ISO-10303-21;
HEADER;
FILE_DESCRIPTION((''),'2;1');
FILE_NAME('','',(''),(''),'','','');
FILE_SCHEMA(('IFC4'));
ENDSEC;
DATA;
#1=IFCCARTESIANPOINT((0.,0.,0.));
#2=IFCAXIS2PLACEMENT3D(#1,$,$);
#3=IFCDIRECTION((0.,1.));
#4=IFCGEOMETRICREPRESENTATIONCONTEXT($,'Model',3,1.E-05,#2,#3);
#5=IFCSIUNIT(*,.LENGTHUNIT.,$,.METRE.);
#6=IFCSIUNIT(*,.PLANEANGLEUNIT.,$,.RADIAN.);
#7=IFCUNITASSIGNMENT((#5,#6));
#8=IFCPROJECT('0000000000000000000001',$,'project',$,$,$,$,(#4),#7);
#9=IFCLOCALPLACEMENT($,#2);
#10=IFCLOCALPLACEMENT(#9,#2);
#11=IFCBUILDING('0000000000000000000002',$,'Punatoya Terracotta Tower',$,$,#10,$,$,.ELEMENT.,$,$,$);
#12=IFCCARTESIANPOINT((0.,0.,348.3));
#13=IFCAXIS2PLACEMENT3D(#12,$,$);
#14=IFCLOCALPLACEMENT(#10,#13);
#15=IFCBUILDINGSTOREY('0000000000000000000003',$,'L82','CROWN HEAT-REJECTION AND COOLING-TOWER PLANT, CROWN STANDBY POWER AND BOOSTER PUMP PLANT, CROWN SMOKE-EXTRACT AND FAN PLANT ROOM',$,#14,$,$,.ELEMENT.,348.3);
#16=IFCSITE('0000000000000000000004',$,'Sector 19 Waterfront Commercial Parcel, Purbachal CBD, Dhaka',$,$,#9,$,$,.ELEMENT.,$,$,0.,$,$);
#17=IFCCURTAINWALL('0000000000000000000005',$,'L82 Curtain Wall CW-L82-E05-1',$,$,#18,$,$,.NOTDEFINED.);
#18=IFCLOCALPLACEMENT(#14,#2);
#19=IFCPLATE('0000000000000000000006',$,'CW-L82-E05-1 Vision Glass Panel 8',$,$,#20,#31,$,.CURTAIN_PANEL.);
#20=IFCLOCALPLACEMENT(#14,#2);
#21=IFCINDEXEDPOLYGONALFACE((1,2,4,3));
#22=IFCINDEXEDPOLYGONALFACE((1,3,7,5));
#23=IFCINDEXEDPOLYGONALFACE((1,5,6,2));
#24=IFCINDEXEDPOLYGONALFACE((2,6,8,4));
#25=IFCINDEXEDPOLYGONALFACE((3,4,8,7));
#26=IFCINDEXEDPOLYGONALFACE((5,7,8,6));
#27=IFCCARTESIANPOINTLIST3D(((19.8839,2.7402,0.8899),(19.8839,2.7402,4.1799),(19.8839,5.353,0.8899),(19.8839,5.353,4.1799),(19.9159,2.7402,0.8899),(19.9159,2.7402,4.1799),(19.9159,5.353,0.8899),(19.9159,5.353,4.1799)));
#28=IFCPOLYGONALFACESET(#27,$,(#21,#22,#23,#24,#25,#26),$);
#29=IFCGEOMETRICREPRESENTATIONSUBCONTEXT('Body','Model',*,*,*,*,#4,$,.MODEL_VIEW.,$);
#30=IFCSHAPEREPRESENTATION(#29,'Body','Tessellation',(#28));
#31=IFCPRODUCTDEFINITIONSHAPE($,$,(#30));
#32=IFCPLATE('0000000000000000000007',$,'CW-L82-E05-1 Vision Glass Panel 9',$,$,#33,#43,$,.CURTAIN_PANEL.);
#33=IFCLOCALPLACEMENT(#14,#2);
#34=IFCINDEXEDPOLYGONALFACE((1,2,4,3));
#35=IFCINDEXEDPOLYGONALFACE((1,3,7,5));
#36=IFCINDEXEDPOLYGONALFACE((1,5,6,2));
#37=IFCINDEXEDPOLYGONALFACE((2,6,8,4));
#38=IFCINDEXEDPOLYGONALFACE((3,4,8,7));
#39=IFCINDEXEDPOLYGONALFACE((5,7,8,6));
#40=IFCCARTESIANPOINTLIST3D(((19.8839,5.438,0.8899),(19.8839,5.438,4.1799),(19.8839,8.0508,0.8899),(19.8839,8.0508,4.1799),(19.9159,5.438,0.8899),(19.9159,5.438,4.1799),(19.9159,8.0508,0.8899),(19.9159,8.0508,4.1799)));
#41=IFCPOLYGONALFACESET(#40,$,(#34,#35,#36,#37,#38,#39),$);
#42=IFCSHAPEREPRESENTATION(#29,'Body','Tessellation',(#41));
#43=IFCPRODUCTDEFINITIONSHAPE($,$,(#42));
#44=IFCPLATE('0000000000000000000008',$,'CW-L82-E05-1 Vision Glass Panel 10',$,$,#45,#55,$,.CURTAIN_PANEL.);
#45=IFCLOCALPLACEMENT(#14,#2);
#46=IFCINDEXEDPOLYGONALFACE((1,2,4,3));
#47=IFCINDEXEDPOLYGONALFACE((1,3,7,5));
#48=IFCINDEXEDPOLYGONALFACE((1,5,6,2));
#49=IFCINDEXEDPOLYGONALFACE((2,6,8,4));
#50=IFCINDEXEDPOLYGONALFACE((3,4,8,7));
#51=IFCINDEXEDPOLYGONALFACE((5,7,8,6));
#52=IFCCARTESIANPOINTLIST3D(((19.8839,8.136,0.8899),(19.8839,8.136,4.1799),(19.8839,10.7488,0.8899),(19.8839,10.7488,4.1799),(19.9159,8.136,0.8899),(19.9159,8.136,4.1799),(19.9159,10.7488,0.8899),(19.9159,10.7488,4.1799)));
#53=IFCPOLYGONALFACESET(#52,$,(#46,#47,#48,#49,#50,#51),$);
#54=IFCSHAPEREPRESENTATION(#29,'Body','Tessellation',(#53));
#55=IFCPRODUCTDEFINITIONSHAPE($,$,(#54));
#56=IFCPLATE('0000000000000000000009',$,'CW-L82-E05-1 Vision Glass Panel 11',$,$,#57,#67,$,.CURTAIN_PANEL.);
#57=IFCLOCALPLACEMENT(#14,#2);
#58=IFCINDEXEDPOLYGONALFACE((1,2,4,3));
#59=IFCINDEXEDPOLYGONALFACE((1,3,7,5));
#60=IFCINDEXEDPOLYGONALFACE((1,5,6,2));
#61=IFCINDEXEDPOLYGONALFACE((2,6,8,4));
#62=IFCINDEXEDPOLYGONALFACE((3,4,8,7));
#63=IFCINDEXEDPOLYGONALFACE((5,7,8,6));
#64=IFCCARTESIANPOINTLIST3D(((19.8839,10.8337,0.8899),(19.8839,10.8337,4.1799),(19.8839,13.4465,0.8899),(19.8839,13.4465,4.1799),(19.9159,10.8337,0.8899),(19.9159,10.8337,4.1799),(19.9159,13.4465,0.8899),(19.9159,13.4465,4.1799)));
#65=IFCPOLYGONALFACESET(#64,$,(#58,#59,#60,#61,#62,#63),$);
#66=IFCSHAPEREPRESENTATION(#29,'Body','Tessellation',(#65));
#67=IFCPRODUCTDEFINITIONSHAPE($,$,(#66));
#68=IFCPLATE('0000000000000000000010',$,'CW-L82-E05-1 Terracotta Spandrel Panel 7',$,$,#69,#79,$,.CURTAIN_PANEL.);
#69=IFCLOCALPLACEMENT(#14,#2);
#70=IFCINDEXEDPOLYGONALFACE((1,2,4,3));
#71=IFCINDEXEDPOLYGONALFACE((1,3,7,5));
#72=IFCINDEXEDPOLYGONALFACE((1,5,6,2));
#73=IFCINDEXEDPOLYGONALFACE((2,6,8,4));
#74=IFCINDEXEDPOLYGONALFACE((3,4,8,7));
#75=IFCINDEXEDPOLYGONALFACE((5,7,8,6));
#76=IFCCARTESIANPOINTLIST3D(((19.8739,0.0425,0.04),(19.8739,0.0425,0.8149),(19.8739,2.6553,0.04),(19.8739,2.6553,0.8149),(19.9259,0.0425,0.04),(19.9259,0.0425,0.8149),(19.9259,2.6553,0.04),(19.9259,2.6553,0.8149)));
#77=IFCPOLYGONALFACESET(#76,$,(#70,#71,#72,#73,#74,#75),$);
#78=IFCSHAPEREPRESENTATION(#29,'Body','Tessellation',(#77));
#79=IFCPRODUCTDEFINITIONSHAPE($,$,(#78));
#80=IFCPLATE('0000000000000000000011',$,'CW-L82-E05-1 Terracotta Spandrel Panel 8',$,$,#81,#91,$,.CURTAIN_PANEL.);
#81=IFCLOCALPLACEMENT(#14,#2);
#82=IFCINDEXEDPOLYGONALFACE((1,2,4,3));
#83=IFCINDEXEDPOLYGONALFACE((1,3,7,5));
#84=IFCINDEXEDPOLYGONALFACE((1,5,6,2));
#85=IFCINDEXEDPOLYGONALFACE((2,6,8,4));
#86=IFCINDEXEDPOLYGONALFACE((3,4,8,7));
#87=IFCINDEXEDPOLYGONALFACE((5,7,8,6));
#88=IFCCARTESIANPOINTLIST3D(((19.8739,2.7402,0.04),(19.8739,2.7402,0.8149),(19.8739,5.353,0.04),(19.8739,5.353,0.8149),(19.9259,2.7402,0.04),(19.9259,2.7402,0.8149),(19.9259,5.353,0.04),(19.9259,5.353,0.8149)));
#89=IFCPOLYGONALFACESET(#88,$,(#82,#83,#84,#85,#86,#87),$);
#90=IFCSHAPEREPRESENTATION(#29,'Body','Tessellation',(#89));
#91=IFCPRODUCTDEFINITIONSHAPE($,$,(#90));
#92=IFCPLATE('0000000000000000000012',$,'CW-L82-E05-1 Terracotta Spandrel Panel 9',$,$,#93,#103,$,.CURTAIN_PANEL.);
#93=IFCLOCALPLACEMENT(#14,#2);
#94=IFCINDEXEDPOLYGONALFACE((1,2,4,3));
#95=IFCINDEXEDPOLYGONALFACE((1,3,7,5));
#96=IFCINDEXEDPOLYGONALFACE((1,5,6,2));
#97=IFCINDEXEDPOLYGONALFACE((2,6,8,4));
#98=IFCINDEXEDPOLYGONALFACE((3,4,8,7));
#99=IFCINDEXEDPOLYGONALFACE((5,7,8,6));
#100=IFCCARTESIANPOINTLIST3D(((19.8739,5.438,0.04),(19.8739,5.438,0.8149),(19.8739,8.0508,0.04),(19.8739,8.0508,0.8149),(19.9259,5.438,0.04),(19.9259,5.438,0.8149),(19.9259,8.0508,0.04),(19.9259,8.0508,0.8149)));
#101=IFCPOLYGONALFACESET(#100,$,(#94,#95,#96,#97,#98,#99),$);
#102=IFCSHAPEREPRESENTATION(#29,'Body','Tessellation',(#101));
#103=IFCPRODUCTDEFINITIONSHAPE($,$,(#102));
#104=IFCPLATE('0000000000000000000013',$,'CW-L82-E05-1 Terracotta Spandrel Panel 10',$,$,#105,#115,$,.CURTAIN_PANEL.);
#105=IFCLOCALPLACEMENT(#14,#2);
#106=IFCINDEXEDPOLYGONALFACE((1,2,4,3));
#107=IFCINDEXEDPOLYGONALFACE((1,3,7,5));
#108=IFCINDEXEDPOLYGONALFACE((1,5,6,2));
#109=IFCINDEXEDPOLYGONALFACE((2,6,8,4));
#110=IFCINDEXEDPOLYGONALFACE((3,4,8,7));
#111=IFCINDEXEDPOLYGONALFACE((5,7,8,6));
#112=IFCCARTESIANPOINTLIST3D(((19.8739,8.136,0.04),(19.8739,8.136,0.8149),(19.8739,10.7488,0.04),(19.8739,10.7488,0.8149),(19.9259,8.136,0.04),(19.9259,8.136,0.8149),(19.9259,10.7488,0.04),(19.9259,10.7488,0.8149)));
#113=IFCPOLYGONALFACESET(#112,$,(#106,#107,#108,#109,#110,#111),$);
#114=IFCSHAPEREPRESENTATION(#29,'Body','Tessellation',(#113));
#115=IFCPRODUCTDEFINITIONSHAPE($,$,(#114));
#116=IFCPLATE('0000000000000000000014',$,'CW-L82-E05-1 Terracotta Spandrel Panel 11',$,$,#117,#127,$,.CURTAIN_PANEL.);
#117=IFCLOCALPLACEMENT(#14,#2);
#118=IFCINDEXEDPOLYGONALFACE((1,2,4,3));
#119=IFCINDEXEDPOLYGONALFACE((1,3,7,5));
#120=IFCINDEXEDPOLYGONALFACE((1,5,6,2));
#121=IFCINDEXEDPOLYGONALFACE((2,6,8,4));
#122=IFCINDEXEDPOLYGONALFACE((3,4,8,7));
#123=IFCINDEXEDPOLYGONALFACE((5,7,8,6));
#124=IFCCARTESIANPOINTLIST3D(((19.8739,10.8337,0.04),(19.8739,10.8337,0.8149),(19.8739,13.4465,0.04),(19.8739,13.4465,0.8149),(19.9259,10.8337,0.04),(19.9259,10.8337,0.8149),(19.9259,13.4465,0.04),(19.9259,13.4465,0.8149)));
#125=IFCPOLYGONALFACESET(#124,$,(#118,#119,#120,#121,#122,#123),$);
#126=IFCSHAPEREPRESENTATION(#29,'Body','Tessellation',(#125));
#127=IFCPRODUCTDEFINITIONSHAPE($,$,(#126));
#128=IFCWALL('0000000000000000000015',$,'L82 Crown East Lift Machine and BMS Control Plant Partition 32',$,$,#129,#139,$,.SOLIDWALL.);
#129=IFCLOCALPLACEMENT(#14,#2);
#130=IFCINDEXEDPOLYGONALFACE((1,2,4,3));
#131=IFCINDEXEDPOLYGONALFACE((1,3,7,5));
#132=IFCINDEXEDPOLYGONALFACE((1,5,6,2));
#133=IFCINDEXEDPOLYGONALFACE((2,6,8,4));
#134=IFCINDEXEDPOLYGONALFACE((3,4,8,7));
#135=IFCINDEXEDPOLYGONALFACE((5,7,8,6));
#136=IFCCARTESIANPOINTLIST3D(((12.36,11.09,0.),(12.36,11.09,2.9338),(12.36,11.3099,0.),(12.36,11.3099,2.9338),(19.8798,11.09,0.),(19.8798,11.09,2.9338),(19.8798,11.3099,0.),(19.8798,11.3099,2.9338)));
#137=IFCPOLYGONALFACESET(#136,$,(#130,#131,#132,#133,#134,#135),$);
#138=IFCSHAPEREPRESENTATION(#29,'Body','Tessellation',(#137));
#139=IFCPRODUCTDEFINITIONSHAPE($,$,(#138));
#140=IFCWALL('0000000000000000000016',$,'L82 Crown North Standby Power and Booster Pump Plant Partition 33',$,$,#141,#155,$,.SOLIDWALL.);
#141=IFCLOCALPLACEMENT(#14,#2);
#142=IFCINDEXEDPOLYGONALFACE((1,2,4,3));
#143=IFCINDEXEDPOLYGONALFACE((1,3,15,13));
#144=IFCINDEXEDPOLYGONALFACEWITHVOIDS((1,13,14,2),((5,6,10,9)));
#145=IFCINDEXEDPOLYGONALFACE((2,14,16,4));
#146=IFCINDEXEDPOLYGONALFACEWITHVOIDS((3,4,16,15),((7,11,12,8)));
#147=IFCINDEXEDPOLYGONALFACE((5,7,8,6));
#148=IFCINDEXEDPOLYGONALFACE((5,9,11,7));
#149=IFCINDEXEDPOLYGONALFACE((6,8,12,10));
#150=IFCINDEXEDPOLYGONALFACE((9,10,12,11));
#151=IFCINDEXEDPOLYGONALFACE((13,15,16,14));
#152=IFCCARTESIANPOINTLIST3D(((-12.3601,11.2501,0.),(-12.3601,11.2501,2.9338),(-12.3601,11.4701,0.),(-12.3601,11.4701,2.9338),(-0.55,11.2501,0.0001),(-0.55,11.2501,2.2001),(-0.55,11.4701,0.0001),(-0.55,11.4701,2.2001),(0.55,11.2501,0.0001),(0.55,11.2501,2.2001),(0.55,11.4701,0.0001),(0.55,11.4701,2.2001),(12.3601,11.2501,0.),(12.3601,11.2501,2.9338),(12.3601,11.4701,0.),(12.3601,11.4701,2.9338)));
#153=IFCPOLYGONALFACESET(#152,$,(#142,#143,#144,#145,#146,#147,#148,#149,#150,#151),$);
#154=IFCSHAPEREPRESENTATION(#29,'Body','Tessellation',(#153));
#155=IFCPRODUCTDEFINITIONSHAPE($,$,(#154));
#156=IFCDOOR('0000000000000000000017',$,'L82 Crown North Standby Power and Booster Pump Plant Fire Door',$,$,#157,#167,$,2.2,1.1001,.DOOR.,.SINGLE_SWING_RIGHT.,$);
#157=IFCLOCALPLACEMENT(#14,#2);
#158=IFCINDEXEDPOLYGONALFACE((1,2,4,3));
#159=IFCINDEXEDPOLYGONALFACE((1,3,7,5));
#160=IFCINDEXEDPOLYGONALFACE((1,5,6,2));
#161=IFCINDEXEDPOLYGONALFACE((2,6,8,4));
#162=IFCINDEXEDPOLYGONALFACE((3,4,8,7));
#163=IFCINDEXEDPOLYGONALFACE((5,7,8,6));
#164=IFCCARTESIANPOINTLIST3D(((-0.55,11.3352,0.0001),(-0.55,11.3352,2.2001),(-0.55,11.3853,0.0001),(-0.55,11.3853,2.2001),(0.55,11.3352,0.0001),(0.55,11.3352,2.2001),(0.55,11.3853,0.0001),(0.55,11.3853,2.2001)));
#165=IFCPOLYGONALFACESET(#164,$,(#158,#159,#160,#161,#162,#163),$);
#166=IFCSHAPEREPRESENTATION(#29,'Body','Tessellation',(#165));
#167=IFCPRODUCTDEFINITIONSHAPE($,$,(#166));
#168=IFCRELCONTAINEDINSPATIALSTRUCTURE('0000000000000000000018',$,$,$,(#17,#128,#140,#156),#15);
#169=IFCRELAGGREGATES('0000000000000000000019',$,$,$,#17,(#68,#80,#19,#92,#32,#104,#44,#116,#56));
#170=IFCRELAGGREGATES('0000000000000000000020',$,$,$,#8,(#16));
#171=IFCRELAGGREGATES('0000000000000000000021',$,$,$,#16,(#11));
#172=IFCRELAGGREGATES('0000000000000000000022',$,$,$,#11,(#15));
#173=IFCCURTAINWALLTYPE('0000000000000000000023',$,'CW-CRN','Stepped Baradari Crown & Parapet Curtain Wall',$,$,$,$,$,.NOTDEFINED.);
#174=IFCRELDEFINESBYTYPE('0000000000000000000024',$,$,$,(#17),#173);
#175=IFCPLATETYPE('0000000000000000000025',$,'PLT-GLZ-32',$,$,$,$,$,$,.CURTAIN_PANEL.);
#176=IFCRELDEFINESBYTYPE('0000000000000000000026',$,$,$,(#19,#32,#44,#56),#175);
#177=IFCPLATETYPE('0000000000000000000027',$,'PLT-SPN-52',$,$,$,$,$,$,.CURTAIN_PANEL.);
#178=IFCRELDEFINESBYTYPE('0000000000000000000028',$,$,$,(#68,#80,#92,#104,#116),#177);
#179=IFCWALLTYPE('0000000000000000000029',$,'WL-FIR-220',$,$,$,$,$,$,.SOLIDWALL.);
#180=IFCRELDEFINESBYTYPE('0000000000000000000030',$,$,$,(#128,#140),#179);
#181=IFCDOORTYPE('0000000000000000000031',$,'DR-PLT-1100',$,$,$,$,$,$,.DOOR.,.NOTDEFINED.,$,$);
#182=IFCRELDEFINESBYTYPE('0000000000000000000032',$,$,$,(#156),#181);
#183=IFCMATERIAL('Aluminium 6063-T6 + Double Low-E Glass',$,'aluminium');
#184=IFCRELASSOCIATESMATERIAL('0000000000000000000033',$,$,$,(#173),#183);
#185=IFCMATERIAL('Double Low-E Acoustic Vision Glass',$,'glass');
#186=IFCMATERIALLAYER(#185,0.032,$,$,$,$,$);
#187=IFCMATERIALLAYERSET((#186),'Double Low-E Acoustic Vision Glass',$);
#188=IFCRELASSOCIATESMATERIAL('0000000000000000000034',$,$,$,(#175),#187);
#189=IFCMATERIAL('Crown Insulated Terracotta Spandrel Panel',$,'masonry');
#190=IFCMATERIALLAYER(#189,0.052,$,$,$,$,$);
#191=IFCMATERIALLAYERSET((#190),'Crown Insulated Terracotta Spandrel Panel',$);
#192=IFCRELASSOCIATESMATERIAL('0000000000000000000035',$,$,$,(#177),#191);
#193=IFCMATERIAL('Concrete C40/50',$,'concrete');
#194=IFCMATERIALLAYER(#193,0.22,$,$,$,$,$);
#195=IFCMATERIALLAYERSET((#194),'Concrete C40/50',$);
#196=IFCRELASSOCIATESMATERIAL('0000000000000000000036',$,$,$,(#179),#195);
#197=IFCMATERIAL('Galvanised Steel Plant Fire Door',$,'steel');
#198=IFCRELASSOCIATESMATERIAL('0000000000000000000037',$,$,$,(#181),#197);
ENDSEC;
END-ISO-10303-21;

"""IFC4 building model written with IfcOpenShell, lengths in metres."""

from ifc_helpers import new_model, si_unit, direction, frame, frame_2d, origin, origin_2d, place, context, subcontext, project, spatial, rectangle, extrude, material, layer, layer_set, type_object, element, fill, aggregate, save


model = new_model("IFC4")

# Units and contexts
model_context = context("Model", 3, precision=1e-05, world=origin(), true_north=direction((0.0, 1.0)))
body_context = subcontext(model_context, "Body", "Model", "MODEL_VIEW")
ifc_project = project(units=[si_unit("LENGTHUNIT", "METRE"), si_unit("PLANEANGLEUNIT", "RADIAN")], contexts=[model_context])

# Site, building, storey
site_placement = place(None, origin())
site = spatial("IfcSite", under=ifc_project, at=site_placement, Name="Sector 19 Waterfront Commercial Parcel, Purbachal CBD, Dhaka", CompositionType="ELEMENT", RefElevation=0.0)
building_placement = place(site_placement, origin())
building = spatial("IfcBuilding", under=site, at=building_placement, Name="Punatoya Terracotta Tower", CompositionType="ELEMENT")
storey_placement = place(building_placement, frame((0.0, 0.0, 348.3)))
storey = spatial("IfcBuildingStorey", under=building, at=storey_placement, Name="L82", Description="CROWN HEAT-REJECTION AND COOLING-TOWER PLANT, CROWN STANDBY POWER AND BOOSTER PUMP PLANT, CROWN SMOKE-EXTRACT AND FAN PLANT ROOM", CompositionType="ELEMENT", Elevation=348.3)

# Curtain wall
ifc_material_1 = material(Name="Aluminium 6063-T6 + Double Low-E Glass", Category="aluminium")
curtain_wall_type = type_object("IfcCurtainWallType", Name="CW-CRN", Description="Stepped Baradari Crown & Parapet Curtain Wall", PredefinedType="NOTDEFINED", material=ifc_material_1)
curtain_wall_placement = place(storey_placement, origin())
curtain_wall = element("IfcCurtainWall", 1, at=curtain_wall_placement, inside=storey, type_object=curtain_wall_type, Name="L82 Curtain Wall CW-L82-E05-1", PredefinedType="NOTDEFINED")

# Plates
ifc_material_2 = material(Name="Double Low-E Acoustic Vision Glass", Category="glass")
ifc_layer_1 = layer(ifc_material_2, 0.032)
ifc_layer_set_1 = layer_set([ifc_layer_1], Name="Double Low-E Acoustic Vision Glass")
plate_type_1 = type_object("IfcPlateType", Name="PLT-GLZ-32", PredefinedType="CURTAIN_PANEL", material=ifc_layer_set_1)
plate_1_placement = place(storey_placement, frame((19.8999, 4.0466, 0.8899), z_axis=(0.0, 0.0, 1.0), x_axis=(0.0, 1.0, 0.0)))
plate_1 = element("IfcPlate", 2, at=plate_1_placement, type_object=plate_type_1, Name="CW-L82-E05-1 Vision Glass Panel 8", PredefinedType="CURTAIN_PANEL", context=body_context, shape_type="SweptSolid", body=[
    extrude(rectangle(XDim=2.6128, YDim=0.032, at=origin_2d()), origin(), (0.0, 0.0, 1.0), 3.29),
])
plate_2_placement = place(storey_placement, frame((19.8999, 6.7444, 0.8899), z_axis=(0.0, 0.0, 1.0), x_axis=(0.0, 1.0, 0.0)))
plate_2 = element("IfcPlate", 3, at=plate_2_placement, type_object=plate_type_1, Name="CW-L82-E05-1 Vision Glass Panel 9", PredefinedType="CURTAIN_PANEL", context=body_context, shape_type="SweptSolid", body=[
    extrude(rectangle(XDim=2.6128, YDim=0.032, at=origin_2d()), origin(), (0.0, 0.0, 1.0), 3.29),
])
plate_3_placement = place(storey_placement, frame((19.8999, 9.4424, 0.8899), z_axis=(0.0, 0.0, 1.0), x_axis=(0.0, 1.0, 0.0)))
plate_3 = element("IfcPlate", 4, at=plate_3_placement, type_object=plate_type_1, Name="CW-L82-E05-1 Vision Glass Panel 10", PredefinedType="CURTAIN_PANEL", context=body_context, shape_type="SweptSolid", body=[
    extrude(rectangle(XDim=2.6128, YDim=0.032, at=origin_2d()), origin(), (0.0, 0.0, 1.0), 3.29),
])
plate_4_placement = place(storey_placement, frame((19.8999, 12.1401, 0.8899), z_axis=(0.0, 0.0, 1.0), x_axis=(0.0, 1.0, 0.0)))
plate_4 = element("IfcPlate", 5, at=plate_4_placement, type_object=plate_type_1, Name="CW-L82-E05-1 Vision Glass Panel 11", PredefinedType="CURTAIN_PANEL", context=body_context, shape_type="SweptSolid", body=[
    extrude(rectangle(XDim=2.6128, YDim=0.032, at=origin_2d()), origin(), (0.0, 0.0, 1.0), 3.29),
])
ifc_material_3 = material(Name="Crown Insulated Terracotta Spandrel Panel", Category="masonry")
ifc_layer_2 = layer(ifc_material_3, 0.052)
ifc_layer_set_2 = layer_set([ifc_layer_2], Name="Crown Insulated Terracotta Spandrel Panel")
plate_type_2 = type_object("IfcPlateType", Name="PLT-SPN-52", PredefinedType="CURTAIN_PANEL", material=ifc_layer_set_2)
plate_5_placement = place(storey_placement, frame((19.8999, 1.3489, 0.04), z_axis=(0.0, 0.0, 1.0), x_axis=(0.0, 1.0, 0.0)))
plate_5 = element("IfcPlate", 6, at=plate_5_placement, type_object=plate_type_2, Name="CW-L82-E05-1 Terracotta Spandrel Panel 7", PredefinedType="CURTAIN_PANEL", context=body_context, shape_type="SweptSolid", body=[
    extrude(rectangle(XDim=2.6128, YDim=0.052, at=origin_2d()), origin(), (0.0, 0.0, 1.0), 0.7749),
])
plate_6_placement = place(storey_placement, frame((19.8999, 4.0466, 0.04), z_axis=(0.0, 0.0, 1.0), x_axis=(0.0, 1.0, 0.0)))
plate_6 = element("IfcPlate", 7, at=plate_6_placement, type_object=plate_type_2, Name="CW-L82-E05-1 Terracotta Spandrel Panel 8", PredefinedType="CURTAIN_PANEL", context=body_context, shape_type="SweptSolid", body=[
    extrude(rectangle(XDim=2.6128, YDim=0.052, at=origin_2d()), origin(), (0.0, 0.0, 1.0), 0.7749),
])
plate_7_placement = place(storey_placement, frame((19.8999, 6.7444, 0.04), z_axis=(0.0, 0.0, 1.0), x_axis=(0.0, 1.0, 0.0)))
plate_7 = element("IfcPlate", 8, at=plate_7_placement, type_object=plate_type_2, Name="CW-L82-E05-1 Terracotta Spandrel Panel 9", PredefinedType="CURTAIN_PANEL", context=body_context, shape_type="SweptSolid", body=[
    extrude(rectangle(XDim=2.6128, YDim=0.052, at=origin_2d()), origin(), (0.0, 0.0, 1.0), 0.7749),
])
plate_8_placement = place(storey_placement, frame((19.8999, 9.4424, 0.04), z_axis=(0.0, 0.0, 1.0), x_axis=(0.0, 1.0, 0.0)))
plate_8 = element("IfcPlate", 9, at=plate_8_placement, type_object=plate_type_2, Name="CW-L82-E05-1 Terracotta Spandrel Panel 10", PredefinedType="CURTAIN_PANEL", context=body_context, shape_type="SweptSolid", body=[
    extrude(rectangle(XDim=2.6128, YDim=0.052, at=origin_2d()), origin(), (0.0, 0.0, 1.0), 0.7749),
])
plate_9_placement = place(storey_placement, frame((19.8999, 12.1401, 0.04), z_axis=(0.0, 0.0, 1.0), x_axis=(0.0, 1.0, 0.0)))
plate_9 = element("IfcPlate", 10, at=plate_9_placement, type_object=plate_type_2, Name="CW-L82-E05-1 Terracotta Spandrel Panel 11", PredefinedType="CURTAIN_PANEL", context=body_context, shape_type="SweptSolid", body=[
    extrude(rectangle(XDim=2.6128, YDim=0.052, at=origin_2d()), origin(), (0.0, 0.0, 1.0), 0.7749),
])
aggregate(curtain_wall, [plate_5, plate_6, plate_1, plate_7, plate_2, plate_8, plate_3, plate_9, plate_4])

# Wall
ifc_material_4 = material(Name="Concrete C40/50", Category="concrete")
ifc_layer_3 = layer(ifc_material_4, 0.22)
ifc_layer_set_3 = layer_set([ifc_layer_3], Name="Concrete C40/50")
wall_type = type_object("IfcWallType", Name="WL-FIR-220", PredefinedType="SOLIDWALL", material=ifc_layer_set_3)
wall_1_placement = place(storey_placement, frame((12.3601, 11.2, 0.0), z_axis=(0.0, 0.0, 1.0), x_axis=(1.0, 0.0, 0.0)))
element("IfcWall", 11, at=wall_1_placement, inside=storey, type_object=wall_type, Name="L82 Crown East Lift Machine and BMS Control Plant Partition 32", PredefinedType="SOLIDWALL", context=body_context, shape_type="SweptSolid", body=[
    extrude(rectangle(XDim=7.5198, YDim=0.22, at=frame_2d((3.7598, 0.0))), origin(), (0.0, 0.0, 1.0), 2.9338),
])

# Wall, opening, door
wall_2_placement = place(storey_placement, frame((12.3601, 11.3601, 0.0), z_axis=(0.0, 0.0, 1.0), x_axis=(-1.0, 0.0, 0.0)))
wall_2 = element("IfcWall", 12, at=wall_2_placement, inside=storey, type_object=wall_type, Name="L82 Crown North Standby Power and Booster Pump Plant Partition 33", PredefinedType="SOLIDWALL", context=body_context, shape_type="SweptSolid", body=[
    extrude(rectangle(XDim=24.7202, YDim=0.22, at=frame_2d((12.3601, 0.0))), origin(), (0.0, 0.0, 1.0), 2.9338),
])
opening_placement = place(wall_2_placement, frame((11.8101, 0.0, 0.0)))
opening = element("IfcOpeningElement", 13, at=opening_placement, cuts=wall_2, PredefinedType="OPENING", context=body_context, shape_type="SweptSolid", body=[
    extrude(rectangle(XDim=1.1001, YDim=2.2, at=frame_2d((0.55, 1.1001))), frame((0.0, 0.1199, 0.0), z_axis=(0.0, -1.0, 0.0), x_axis=(1.0, 0.0, 0.0)), (0.0, 0.0, 1.0), 0.24),
])
ifc_material_5 = material(Name="Galvanised Steel Plant Fire Door", Category="steel")
door_type = type_object("IfcDoorType", Name="DR-PLT-1100", OperationType="NOTDEFINED", PredefinedType="DOOR", material=ifc_material_5)
door_placement = place(opening_placement, origin())
door = element("IfcDoor", 14, at=door_placement, inside=storey, type_object=door_type, Name="L82 Crown North Standby Power and Booster Pump Plant Fire Door", OperationType="SINGLE_SWING_RIGHT", OverallHeight=2.2, OverallWidth=1.1001, PredefinedType="DOOR", context=body_context, shape_type="SweptSolid", body=[
    extrude(rectangle(XDim=1.1001, YDim=2.2, at=frame_2d((0.55, 1.1001))), frame((0.0, 0.0249, 0.0), z_axis=(0.0, -1.0, 0.0), x_axis=(1.0, 0.0, 0.0)), (0.0, 0.0, 1.0), 0.05),
])
fill(opening, door)

save(model, "model.ifc")
